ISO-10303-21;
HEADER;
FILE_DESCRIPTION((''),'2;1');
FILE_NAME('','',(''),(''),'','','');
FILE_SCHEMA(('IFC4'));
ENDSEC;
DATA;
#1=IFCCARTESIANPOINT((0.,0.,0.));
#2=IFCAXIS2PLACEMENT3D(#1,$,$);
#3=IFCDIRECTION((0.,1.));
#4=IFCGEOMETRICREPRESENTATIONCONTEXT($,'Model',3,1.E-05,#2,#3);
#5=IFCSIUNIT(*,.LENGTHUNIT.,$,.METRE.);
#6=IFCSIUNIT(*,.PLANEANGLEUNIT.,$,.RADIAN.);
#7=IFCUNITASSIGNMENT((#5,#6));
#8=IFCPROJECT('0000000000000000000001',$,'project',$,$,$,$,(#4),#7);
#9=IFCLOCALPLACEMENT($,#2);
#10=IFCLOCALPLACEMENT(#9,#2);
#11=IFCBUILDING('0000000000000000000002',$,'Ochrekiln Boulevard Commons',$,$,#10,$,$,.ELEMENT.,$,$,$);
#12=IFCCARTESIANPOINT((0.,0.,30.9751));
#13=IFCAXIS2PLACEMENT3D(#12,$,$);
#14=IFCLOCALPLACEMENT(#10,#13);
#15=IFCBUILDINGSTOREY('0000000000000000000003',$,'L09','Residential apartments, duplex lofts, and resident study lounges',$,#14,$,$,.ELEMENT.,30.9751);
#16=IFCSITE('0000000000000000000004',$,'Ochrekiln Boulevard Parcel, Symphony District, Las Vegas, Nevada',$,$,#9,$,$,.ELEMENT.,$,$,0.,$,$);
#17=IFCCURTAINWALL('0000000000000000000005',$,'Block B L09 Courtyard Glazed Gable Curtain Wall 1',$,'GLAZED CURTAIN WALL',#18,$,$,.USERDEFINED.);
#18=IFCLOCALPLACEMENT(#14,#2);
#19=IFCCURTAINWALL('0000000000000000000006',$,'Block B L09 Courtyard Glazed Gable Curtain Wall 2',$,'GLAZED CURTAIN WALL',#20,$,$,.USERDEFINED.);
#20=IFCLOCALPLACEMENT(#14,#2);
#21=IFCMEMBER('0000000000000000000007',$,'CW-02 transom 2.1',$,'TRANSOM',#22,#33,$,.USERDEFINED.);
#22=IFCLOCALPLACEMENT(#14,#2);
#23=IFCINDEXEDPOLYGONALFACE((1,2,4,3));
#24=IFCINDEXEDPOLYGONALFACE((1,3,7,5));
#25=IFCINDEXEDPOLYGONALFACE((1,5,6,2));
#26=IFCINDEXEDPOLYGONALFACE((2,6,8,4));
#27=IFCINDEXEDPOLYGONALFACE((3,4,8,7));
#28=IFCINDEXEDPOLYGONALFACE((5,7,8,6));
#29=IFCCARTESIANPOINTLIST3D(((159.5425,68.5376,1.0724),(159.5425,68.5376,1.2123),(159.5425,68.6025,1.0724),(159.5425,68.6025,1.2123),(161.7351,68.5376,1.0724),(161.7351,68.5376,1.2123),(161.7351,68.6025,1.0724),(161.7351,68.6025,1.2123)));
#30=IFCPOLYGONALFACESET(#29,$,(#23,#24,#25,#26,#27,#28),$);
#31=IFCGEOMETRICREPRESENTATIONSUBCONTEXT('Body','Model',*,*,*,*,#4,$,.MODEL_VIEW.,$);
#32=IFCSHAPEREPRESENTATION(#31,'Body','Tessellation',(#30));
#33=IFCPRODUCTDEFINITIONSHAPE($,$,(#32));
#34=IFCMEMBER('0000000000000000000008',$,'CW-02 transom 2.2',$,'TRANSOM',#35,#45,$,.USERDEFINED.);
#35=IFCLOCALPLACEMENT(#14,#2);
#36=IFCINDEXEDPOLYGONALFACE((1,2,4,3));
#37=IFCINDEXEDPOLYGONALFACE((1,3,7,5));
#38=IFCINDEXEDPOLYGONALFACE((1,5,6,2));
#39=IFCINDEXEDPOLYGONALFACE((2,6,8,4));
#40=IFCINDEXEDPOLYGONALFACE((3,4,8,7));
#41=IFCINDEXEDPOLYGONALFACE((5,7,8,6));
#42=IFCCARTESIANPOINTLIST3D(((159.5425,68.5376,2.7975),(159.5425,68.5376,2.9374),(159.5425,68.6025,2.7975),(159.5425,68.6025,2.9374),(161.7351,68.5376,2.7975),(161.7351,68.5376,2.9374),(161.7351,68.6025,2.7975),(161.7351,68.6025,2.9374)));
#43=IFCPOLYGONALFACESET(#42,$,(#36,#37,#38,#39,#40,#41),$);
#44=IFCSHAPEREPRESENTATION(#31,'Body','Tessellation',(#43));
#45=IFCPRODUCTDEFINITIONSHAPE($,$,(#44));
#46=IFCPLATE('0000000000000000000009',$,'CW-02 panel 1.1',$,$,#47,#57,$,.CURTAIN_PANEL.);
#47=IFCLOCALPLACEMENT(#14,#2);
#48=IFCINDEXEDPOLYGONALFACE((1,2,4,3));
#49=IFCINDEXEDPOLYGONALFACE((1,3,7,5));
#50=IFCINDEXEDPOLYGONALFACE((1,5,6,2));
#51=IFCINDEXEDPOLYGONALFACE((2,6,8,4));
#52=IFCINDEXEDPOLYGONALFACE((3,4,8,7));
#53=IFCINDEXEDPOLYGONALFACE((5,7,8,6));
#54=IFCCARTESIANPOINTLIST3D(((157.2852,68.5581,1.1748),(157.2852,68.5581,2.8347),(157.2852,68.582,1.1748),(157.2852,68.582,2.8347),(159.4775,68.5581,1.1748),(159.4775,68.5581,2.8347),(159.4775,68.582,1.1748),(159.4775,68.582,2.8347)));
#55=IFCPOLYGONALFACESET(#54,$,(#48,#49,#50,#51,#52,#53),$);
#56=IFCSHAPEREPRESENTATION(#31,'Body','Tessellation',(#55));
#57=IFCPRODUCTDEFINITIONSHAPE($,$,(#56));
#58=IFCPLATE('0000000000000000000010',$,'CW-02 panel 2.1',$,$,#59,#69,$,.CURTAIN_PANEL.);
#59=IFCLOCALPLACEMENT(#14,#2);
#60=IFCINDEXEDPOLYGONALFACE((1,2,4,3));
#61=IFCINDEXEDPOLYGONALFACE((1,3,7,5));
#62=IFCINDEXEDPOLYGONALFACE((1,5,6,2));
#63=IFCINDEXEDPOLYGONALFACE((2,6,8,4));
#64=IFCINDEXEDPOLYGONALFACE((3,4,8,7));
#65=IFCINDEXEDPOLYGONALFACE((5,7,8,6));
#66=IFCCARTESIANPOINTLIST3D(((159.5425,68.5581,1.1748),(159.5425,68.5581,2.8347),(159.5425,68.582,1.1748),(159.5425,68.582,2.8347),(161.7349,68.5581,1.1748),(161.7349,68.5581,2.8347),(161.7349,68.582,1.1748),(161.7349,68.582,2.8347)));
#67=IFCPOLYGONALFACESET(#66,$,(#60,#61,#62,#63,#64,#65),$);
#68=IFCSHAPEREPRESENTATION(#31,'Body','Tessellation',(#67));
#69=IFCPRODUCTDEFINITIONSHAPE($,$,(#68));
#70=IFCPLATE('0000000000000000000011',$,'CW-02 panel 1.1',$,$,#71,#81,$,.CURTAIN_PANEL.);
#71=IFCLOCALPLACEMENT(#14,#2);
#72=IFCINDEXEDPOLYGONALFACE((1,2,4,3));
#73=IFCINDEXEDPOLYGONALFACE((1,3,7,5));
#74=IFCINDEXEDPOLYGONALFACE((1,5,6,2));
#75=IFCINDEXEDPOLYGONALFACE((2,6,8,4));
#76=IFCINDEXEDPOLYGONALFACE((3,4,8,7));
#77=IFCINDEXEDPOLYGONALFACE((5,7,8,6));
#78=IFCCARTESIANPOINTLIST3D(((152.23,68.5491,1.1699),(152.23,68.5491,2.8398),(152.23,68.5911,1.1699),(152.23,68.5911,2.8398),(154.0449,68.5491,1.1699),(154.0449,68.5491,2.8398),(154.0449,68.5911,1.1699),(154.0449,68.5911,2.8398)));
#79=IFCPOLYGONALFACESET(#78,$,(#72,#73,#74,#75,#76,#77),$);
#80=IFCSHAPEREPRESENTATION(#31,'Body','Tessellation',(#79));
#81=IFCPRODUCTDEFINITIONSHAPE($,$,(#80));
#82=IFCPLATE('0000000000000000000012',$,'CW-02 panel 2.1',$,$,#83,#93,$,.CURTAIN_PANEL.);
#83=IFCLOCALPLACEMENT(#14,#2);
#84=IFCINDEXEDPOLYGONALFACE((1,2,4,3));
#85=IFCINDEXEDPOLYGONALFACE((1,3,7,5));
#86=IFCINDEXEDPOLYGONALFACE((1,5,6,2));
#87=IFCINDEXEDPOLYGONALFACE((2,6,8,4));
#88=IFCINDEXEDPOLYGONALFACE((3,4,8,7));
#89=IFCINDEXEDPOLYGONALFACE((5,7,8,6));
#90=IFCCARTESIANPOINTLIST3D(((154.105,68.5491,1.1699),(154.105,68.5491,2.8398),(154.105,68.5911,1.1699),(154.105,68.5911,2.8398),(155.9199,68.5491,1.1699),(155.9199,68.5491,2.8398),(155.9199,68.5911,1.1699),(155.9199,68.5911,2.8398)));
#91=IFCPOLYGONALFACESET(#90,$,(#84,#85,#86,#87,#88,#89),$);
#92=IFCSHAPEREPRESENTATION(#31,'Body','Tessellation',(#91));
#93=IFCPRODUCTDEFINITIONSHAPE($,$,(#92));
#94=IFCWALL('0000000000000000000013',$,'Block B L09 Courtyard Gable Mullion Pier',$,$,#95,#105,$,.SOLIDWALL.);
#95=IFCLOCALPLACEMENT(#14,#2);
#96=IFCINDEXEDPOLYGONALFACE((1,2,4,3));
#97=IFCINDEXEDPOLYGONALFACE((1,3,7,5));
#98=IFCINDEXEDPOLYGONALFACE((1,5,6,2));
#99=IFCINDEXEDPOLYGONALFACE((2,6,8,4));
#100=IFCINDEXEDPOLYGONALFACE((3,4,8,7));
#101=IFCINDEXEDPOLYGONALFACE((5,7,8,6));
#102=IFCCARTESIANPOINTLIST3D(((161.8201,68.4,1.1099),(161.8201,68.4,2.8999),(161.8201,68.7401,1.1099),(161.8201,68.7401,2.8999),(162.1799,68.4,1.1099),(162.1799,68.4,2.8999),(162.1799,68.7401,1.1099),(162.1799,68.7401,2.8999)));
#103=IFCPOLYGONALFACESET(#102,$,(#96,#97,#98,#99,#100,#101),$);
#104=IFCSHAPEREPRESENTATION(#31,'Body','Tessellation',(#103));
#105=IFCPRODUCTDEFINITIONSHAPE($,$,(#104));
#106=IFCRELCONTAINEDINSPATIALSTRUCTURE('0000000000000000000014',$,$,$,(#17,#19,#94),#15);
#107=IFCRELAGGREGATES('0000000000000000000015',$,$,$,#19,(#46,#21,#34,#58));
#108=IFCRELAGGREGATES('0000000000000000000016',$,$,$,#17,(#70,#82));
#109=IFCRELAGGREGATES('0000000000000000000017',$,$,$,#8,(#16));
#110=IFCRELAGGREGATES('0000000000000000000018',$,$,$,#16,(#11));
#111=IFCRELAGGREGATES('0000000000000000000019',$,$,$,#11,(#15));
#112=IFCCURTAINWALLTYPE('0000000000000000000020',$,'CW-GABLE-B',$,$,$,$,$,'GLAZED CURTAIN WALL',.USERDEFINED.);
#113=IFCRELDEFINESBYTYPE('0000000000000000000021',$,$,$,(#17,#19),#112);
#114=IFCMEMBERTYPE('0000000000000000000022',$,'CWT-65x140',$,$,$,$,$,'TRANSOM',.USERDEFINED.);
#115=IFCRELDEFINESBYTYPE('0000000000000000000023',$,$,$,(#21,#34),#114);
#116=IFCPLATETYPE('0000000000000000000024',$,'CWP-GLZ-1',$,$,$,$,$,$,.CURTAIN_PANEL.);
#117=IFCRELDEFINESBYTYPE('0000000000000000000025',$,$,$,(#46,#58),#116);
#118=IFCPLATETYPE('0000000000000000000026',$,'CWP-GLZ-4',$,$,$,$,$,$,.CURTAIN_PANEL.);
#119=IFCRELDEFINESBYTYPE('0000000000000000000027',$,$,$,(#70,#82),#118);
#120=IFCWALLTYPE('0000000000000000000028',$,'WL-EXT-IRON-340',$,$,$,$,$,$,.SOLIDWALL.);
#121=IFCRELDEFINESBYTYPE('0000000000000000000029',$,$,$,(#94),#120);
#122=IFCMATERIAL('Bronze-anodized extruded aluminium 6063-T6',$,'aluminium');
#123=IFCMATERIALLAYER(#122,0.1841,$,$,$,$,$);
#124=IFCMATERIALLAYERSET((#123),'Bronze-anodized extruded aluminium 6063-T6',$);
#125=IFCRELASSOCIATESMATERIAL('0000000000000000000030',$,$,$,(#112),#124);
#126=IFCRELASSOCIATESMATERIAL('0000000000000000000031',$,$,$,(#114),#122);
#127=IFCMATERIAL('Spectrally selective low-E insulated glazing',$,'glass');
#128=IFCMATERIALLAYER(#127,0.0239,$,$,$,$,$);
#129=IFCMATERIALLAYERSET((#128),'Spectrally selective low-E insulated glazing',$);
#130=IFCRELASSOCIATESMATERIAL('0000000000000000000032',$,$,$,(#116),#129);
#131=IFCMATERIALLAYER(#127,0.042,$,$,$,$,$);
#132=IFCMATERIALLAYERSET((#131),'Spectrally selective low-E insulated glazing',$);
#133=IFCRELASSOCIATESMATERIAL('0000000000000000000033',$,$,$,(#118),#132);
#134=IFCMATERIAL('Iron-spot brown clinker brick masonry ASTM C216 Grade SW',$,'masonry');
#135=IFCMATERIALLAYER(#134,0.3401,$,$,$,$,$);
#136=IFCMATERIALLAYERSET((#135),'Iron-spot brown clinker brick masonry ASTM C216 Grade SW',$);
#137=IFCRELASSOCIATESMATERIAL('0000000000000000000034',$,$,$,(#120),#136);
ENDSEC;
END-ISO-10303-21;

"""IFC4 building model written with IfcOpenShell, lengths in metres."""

from ifc_helpers import new_model, si_unit, direction, frame, frame_2d, origin, origin_2d, place, context, subcontext, project, spatial, rectangle, extrude, material, layer, layer_set, material_profile, profile_set, type_object, element, aggregate, save


model = new_model("IFC4")

# Units and contexts
model_context = context("Model", 3, precision=1e-05, world=origin(), true_north=direction((0.0, 1.0)))
body_context = subcontext(model_context, "Body", "Model", "MODEL_VIEW")
ifc_project = project(units=[si_unit("LENGTHUNIT", "METRE"), si_unit("PLANEANGLEUNIT", "RADIAN")], contexts=[model_context])

# Site, building, storey
site_placement = place(None, origin())
site = spatial("IfcSite", under=ifc_project, at=site_placement, Name="Ochrekiln Boulevard Parcel, Symphony District, Las Vegas, Nevada", CompositionType="ELEMENT", RefElevation=0.0)
building_placement = place(site_placement, origin())
building = spatial("IfcBuilding", under=site, at=building_placement, Name="Ochrekiln Boulevard Commons", CompositionType="ELEMENT")
storey_placement = place(building_placement, frame((0.0, 0.0, 30.9751)))
storey = spatial("IfcBuildingStorey", under=building, at=storey_placement, Name="L09", Description="Residential apartments, duplex lofts, and resident study lounges", CompositionType="ELEMENT", Elevation=30.9751)

# Curtain wall
ifc_material_1 = material(Name="Bronze-anodized extruded aluminium 6063-T6", Category="aluminium")
ifc_layer_1 = layer(ifc_material_1, 0.1841)
ifc_layer_set_1 = layer_set([ifc_layer_1], Name="Bronze-anodized extruded aluminium 6063-T6")
curtain_wall_type = type_object("IfcCurtainWallType", Name="CW-GABLE-B", ElementType="GLAZED CURTAIN WALL", PredefinedType="USERDEFINED", material=ifc_layer_set_1)
curtain_wall_1_placement = place(storey_placement, origin())
curtain_wall_1 = element("IfcCurtainWall", 1, at=curtain_wall_1_placement, inside=storey, type_object=curtain_wall_type, Name="Block B L09 Courtyard Glazed Gable Curtain Wall 1", ObjectType="GLAZED CURTAIN WALL", PredefinedType="USERDEFINED")

# Curtain wall
curtain_wall_2_placement = place(storey_placement, origin())
curtain_wall_2 = element("IfcCurtainWall", 2, at=curtain_wall_2_placement, inside=storey, type_object=curtain_wall_type, Name="Block B L09 Courtyard Glazed Gable Curtain Wall 2", ObjectType="GLAZED CURTAIN WALL", PredefinedType="USERDEFINED")

# Members
ifc_material_profile_1 = material_profile(ifc_material_1, rectangle(XDim=0.0649, YDim=0.1399, at=origin_2d()), Name="ALU-TRN-65x140")
ifc_profile_set_1 = profile_set([ifc_material_profile_1], Name="Bronze-anodized extruded aluminium 6063-T6")
member_type_1 = type_object("IfcMemberType", Name="CWT-65x140", ElementType="TRANSOM", PredefinedType="USERDEFINED", material=ifc_profile_set_1)
member_1_placement = place(storey_placement, frame((159.5425, 68.5701, 1.1423), z_axis=(1.0, 0.0, 0.0), x_axis=(0.0, 1.0, 0.0)))
member_1 = element("IfcMember", 3, at=member_1_placement, type_object=member_type_1, Name="CW-02 transom 2.1", ObjectType="TRANSOM", PredefinedType="USERDEFINED", context=body_context, shape_type="SweptSolid", body=[
    extrude(rectangle(XDim=0.0649, YDim=0.1399, at=origin_2d()), origin(), (0.0, 0.0, 1.0), 2.1926),
])
member_2_placement = place(storey_placement, frame((159.5425, 68.5701, 2.8674), z_axis=(1.0, 0.0, 0.0), x_axis=(0.0, 1.0, 0.0)))
member_2 = element("IfcMember", 4, at=member_2_placement, type_object=member_type_1, Name="CW-02 transom 2.2", ObjectType="TRANSOM", PredefinedType="USERDEFINED", context=body_context, shape_type="SweptSolid", body=[
    extrude(rectangle(XDim=0.0649, YDim=0.1399, at=origin_2d()), origin(), (0.0, 0.0, 1.0), 2.1926),
])

# Plates
ifc_material_2 = material(Name="Spectrally selective low-E insulated glazing", Category="glass")
ifc_layer_2 = layer(ifc_material_2, 0.0239)
ifc_layer_set_2 = layer_set([ifc_layer_2], Name="Spectrally selective low-E insulated glazing")
plate_type_1 = type_object("IfcPlateType", Name="CWP-GLZ-1", PredefinedType="CURTAIN_PANEL", material=ifc_layer_set_2)
plate_1_placement = place(storey_placement, frame((158.3813, 68.5701, 1.1748), z_axis=(0.0, 0.0, 1.0), x_axis=(1.0, 0.0, 0.0)))
plate_1 = element("IfcPlate", 5, at=plate_1_placement, type_object=plate_type_1, Name="CW-02 panel 1.1", PredefinedType="CURTAIN_PANEL", context=body_context, shape_type="SweptSolid", body=[
    extrude(rectangle(XDim=2.1924, YDim=0.0239, at=origin_2d()), origin(), (0.0, 0.0, 1.0), 1.6599),
])
plate_2_placement = place(storey_placement, frame((160.6387, 68.5701, 1.1748), z_axis=(0.0, 0.0, 1.0), x_axis=(1.0, 0.0, 0.0)))
plate_2 = element("IfcPlate", 6, at=plate_2_placement, type_object=plate_type_1, Name="CW-02 panel 2.1", PredefinedType="CURTAIN_PANEL", context=body_context, shape_type="SweptSolid", body=[
    extrude(rectangle(XDim=2.1924, YDim=0.0239, at=origin_2d()), origin(), (0.0, 0.0, 1.0), 1.6599),
])
aggregate(curtain_wall_2, [plate_1, member_1, member_2, plate_2])
ifc_layer_3 = layer(ifc_material_2, 0.042)
ifc_layer_set_3 = layer_set([ifc_layer_3], Name="Spectrally selective low-E insulated glazing")
plate_type_2 = type_object("IfcPlateType", Name="CWP-GLZ-4", PredefinedType="CURTAIN_PANEL", material=ifc_layer_set_3)
plate_3_placement = place(storey_placement, frame((153.1375, 68.5701, 1.1699), z_axis=(0.0, 0.0, 1.0), x_axis=(1.0, 0.0, 0.0)))
plate_3 = element("IfcPlate", 7, at=plate_3_placement, type_object=plate_type_2, Name="CW-02 panel 1.1", PredefinedType="CURTAIN_PANEL", context=body_context, shape_type="SweptSolid", body=[
    extrude(rectangle(XDim=1.8149, YDim=0.042, at=origin_2d()), origin(), (0.0, 0.0, 1.0), 1.6699),
])
plate_4_placement = place(storey_placement, frame((155.0125, 68.5701, 1.1699), z_axis=(0.0, 0.0, 1.0), x_axis=(1.0, 0.0, 0.0)))
plate_4 = element("IfcPlate", 8, at=plate_4_placement, type_object=plate_type_2, Name="CW-02 panel 2.1", PredefinedType="CURTAIN_PANEL", context=body_context, shape_type="SweptSolid", body=[
    extrude(rectangle(XDim=1.8149, YDim=0.042, at=origin_2d()), origin(), (0.0, 0.0, 1.0), 1.6699),
])
aggregate(curtain_wall_1, [plate_3, plate_4])

# Wall
ifc_material_3 = material(Name="Iron-spot brown clinker brick masonry ASTM C216 Grade SW", Category="masonry")
ifc_layer_4 = layer(ifc_material_3, 0.3401)
ifc_layer_set_4 = layer_set([ifc_layer_4], Name="Iron-spot brown clinker brick masonry ASTM C216 Grade SW")
wall_type = type_object("IfcWallType", Name="WL-EXT-IRON-340", PredefinedType="SOLIDWALL", material=ifc_layer_set_4)
wall_placement = place(storey_placement, frame((161.8201, 68.5701, 1.1099), z_axis=(0.0, 0.0, 1.0), x_axis=(1.0, 0.0, 0.0)))
element("IfcWall", 9, at=wall_placement, inside=storey, type_object=wall_type, Name="Block B L09 Courtyard Gable Mullion Pier", PredefinedType="SOLIDWALL", context=body_context, shape_type="SweptSolid", body=[
    extrude(rectangle(XDim=0.3599, YDim=0.3401, at=frame_2d((0.1799, 0.0))), origin(), (0.0, 0.0, 1.0), 1.79),
])

save(model, "model.ifc")
